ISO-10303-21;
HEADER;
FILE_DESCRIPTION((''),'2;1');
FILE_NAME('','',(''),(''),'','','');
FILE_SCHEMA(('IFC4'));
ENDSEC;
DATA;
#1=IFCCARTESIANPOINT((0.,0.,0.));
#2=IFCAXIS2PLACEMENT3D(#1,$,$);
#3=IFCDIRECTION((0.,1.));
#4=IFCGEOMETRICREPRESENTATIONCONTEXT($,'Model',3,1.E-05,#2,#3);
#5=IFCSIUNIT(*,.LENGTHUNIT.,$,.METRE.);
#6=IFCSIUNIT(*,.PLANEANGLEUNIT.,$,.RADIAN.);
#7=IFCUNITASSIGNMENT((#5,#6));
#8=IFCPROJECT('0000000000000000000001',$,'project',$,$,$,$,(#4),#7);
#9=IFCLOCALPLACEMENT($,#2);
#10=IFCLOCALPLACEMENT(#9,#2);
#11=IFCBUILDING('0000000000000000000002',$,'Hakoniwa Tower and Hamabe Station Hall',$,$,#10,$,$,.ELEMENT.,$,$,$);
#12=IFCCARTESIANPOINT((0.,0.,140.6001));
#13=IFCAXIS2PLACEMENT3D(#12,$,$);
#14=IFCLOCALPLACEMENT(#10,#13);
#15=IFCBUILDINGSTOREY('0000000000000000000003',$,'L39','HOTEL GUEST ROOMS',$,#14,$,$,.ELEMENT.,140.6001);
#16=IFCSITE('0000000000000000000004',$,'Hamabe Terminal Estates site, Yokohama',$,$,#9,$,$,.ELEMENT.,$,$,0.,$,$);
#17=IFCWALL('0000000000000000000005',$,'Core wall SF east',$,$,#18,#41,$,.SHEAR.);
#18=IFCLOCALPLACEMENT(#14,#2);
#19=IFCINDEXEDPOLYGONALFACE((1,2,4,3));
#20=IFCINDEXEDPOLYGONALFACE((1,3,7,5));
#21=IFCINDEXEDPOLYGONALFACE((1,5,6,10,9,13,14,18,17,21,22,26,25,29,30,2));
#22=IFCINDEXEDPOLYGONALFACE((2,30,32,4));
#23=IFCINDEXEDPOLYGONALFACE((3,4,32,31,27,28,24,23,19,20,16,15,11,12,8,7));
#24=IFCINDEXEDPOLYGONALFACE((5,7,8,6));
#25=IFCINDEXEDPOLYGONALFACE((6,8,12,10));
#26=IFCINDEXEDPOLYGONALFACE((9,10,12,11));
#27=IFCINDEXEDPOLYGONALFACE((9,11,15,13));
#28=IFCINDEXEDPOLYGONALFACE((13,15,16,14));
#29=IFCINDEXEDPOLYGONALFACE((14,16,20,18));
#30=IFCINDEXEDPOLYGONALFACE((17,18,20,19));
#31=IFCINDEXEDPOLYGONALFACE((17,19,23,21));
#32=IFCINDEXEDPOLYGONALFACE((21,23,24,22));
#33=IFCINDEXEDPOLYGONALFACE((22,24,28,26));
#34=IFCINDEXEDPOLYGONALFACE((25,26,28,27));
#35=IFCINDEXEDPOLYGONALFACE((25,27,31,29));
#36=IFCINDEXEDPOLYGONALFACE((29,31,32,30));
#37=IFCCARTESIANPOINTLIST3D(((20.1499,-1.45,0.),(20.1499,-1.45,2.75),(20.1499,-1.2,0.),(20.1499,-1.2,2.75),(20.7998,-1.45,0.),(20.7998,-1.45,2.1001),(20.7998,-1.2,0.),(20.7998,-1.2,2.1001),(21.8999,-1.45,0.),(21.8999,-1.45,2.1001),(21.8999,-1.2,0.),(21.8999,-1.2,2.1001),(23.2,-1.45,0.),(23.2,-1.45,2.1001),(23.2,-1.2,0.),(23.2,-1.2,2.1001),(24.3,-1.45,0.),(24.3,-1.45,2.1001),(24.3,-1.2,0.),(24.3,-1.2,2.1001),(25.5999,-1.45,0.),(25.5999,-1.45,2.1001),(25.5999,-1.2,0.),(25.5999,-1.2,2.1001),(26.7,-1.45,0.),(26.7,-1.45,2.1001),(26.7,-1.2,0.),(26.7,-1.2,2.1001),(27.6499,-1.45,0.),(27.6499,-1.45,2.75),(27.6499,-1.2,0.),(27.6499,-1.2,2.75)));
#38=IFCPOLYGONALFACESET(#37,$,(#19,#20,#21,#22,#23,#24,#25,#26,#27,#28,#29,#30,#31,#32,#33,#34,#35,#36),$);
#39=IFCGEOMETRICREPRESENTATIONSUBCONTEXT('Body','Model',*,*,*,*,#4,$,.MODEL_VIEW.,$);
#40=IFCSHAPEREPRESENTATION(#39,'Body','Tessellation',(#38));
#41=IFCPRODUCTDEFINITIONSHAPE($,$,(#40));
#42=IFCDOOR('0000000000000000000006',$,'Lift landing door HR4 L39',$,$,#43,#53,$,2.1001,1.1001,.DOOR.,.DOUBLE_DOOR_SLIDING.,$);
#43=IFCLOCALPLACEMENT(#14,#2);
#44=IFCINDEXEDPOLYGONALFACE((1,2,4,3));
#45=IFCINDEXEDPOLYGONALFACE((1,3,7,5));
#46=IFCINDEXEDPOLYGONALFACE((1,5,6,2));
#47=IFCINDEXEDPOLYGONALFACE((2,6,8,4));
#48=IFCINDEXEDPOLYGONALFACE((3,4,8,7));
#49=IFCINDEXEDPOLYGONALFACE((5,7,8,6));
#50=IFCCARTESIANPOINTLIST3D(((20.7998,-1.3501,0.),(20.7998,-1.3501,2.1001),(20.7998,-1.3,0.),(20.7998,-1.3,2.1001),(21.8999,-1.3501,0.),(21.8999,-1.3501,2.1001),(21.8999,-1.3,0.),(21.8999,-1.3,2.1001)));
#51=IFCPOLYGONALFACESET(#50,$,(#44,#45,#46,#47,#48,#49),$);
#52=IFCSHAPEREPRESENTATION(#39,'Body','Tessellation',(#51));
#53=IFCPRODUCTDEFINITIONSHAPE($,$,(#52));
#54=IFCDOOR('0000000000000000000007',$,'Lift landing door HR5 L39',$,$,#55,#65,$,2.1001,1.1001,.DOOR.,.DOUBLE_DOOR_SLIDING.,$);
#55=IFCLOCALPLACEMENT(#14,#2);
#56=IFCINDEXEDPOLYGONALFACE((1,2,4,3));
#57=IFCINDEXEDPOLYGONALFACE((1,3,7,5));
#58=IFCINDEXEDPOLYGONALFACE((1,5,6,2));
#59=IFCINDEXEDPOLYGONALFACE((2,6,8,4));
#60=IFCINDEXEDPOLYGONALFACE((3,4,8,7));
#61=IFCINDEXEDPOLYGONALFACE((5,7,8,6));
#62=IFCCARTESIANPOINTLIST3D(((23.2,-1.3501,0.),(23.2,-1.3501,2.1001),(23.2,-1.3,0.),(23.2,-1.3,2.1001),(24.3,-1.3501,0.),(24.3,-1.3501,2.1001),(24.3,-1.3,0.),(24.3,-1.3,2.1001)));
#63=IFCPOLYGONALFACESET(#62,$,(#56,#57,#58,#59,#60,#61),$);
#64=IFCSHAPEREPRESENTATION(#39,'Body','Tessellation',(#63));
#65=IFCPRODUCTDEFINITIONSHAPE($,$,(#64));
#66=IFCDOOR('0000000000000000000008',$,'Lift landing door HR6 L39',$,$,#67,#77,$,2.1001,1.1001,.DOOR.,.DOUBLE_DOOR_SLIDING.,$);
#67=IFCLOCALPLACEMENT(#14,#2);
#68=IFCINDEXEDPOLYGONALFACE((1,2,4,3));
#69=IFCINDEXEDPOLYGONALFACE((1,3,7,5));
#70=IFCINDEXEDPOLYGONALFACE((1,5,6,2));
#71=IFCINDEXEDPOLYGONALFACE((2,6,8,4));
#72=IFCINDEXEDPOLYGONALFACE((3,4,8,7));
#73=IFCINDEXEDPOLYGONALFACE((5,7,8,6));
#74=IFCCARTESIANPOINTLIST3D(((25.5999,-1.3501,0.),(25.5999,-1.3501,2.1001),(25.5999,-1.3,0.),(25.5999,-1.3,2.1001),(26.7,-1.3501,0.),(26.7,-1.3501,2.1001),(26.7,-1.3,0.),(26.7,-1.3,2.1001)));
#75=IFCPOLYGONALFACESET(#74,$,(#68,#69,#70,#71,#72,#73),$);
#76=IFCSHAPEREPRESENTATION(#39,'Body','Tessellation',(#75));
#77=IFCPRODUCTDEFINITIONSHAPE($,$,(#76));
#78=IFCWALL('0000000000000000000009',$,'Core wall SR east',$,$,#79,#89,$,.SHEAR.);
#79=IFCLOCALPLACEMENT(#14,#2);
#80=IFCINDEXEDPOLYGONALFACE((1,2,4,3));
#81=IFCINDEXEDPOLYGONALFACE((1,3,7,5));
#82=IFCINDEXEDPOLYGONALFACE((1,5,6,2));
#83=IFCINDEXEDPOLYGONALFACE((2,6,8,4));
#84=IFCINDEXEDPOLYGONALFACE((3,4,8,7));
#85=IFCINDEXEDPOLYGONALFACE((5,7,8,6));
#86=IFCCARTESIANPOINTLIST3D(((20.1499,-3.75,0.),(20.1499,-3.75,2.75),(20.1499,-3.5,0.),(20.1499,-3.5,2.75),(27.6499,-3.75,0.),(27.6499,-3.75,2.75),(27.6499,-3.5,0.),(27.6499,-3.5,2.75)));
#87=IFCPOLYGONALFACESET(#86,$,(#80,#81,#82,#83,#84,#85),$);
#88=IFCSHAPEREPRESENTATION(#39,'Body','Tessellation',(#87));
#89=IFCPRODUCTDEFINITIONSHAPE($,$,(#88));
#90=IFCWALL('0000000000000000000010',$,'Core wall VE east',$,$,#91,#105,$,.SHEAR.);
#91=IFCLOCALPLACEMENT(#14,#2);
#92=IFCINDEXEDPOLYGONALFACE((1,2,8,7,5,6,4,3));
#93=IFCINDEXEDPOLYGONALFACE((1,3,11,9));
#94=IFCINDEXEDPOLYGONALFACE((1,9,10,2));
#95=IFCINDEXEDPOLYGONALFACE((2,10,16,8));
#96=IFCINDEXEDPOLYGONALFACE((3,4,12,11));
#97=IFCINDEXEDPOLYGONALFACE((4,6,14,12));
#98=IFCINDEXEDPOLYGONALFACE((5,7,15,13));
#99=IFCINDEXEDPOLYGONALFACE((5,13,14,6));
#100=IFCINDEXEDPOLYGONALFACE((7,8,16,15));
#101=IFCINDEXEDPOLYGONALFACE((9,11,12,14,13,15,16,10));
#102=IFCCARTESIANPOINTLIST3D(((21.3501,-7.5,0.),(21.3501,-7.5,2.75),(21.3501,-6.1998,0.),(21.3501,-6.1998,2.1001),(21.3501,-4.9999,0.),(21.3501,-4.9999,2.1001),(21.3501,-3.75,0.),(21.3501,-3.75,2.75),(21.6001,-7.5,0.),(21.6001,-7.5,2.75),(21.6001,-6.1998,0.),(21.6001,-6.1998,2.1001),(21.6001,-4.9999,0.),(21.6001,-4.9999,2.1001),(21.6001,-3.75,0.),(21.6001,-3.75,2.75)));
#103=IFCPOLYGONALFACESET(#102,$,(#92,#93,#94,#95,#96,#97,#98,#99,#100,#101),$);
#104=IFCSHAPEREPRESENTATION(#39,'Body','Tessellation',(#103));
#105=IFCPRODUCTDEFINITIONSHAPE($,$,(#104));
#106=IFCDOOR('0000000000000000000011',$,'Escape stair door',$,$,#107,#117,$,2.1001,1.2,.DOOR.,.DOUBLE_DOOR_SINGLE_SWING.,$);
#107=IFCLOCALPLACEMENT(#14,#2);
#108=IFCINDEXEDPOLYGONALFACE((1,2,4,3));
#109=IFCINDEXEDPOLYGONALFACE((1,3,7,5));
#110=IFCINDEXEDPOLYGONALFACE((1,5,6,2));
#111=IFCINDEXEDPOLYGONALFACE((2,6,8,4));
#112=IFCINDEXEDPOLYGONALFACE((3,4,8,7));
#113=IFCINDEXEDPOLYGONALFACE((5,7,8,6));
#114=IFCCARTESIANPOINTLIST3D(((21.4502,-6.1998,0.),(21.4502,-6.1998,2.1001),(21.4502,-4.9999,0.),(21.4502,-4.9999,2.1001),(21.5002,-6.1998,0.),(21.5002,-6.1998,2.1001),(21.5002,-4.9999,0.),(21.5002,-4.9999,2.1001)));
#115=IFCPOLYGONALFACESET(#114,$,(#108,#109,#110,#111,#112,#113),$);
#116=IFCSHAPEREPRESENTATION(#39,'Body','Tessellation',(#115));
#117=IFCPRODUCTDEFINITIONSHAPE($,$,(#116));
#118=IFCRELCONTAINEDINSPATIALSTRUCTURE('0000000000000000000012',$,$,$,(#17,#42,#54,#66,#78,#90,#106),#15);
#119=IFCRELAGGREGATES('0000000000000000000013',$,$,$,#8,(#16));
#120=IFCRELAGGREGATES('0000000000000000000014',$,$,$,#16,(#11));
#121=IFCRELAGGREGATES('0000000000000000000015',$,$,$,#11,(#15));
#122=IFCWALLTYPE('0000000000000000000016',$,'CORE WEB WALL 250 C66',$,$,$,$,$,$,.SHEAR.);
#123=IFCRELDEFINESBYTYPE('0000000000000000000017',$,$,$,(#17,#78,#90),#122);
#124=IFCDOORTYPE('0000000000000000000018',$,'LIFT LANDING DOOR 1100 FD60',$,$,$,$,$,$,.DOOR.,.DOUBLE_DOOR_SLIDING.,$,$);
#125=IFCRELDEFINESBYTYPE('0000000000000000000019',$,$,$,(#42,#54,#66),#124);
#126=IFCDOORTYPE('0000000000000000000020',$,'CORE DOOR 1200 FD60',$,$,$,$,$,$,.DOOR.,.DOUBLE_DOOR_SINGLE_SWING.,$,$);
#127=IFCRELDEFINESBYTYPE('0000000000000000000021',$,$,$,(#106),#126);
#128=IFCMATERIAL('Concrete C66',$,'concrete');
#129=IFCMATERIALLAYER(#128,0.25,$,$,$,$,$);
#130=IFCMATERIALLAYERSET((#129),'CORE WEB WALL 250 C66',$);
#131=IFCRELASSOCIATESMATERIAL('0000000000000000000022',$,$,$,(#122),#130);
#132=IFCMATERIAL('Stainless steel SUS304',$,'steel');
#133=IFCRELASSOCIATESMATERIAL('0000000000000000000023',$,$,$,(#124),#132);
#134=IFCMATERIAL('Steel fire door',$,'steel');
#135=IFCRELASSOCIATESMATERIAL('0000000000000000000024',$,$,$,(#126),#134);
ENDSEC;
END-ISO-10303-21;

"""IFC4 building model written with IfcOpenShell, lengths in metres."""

from ifc_helpers import new_model, si_unit, direction, frame, frame_2d, origin, place, context, subcontext, project, spatial, rectangle, extrude, material, layer, layer_set, type_object, element, fill, save


model = new_model("IFC4")

# Units and contexts
model_context = context("Model", 3, precision=1e-05, world=origin(), true_north=direction((0.0, 1.0)))
body_context = subcontext(model_context, "Body", "Model", "MODEL_VIEW")
ifc_project = project(units=[si_unit("LENGTHUNIT", "METRE"), si_unit("PLANEANGLEUNIT", "RADIAN")], contexts=[model_context])

# Site, building, storey
site_placement = place(None, origin())
site = spatial("IfcSite", under=ifc_project, at=site_placement, Name="Hamabe Terminal Estates site, Yokohama", CompositionType="ELEMENT", RefElevation=0.0)
building_placement = place(site_placement, origin())
building = spatial("IfcBuilding", under=site, at=building_placement, Name="Hakoniwa Tower and Hamabe Station Hall", CompositionType="ELEMENT")
storey_placement = place(building_placement, frame((0.0, 0.0, 140.6001)))
storey = spatial("IfcBuildingStorey", under=building, at=storey_placement, Name="L39", Description="HOTEL GUEST ROOMS", CompositionType="ELEMENT", Elevation=140.6001)

# Shared definitions
ifc_material_1 = material(Name="Concrete C66", Category="concrete")
ifc_layer_1 = layer(ifc_material_1, 0.25)
ifc_layer_set_1 = layer_set([ifc_layer_1], Name="CORE WEB WALL 250 C66")
wall_type_1 = type_object("IfcWallType", Name="CORE WEB WALL 250 C66", PredefinedType="SHEAR", material=ifc_layer_set_1)

# Wall, openings, doors
wall_1_placement = place(storey_placement, frame((20.1499, -1.325, 0.0), z_axis=(0.0, 0.0, 1.0), x_axis=(1.0, 0.0, 0.0)))
wall_1 = element("IfcWall", 1, at=wall_1_placement, inside=storey, type_object=wall_type_1, Name="Core wall SF east", PredefinedType="SHEAR", context=body_context, shape_type="SweptSolid", body=[
    extrude(rectangle(XDim=7.5, YDim=0.25, at=frame_2d((3.75, 0.0))), origin(), (0.0, 0.0, 1.0), 2.75),
])
opening_1_placement = place(wall_1_placement, frame((0.6499, 0.0, 0.0)))
opening_1 = element("IfcOpeningElement", 2, at=opening_1_placement, cuts=wall_1, PredefinedType="OPENING", context=body_context, shape_type="SweptSolid", body=[
    extrude(rectangle(XDim=1.1001, YDim=2.1001, at=frame_2d((0.55, 1.05))), frame((0.0, 0.135, 0.0), z_axis=(0.0, -1.0, 0.0), x_axis=(1.0, 0.0, 0.0)), (0.0, 0.0, 1.0), 0.27),
])
opening_2_placement = place(wall_1_placement, frame((3.05, 0.0, 0.0)))
opening_2 = element("IfcOpeningElement", 3, at=opening_2_placement, cuts=wall_1, PredefinedType="OPENING", context=body_context, shape_type="SweptSolid", body=[
    extrude(rectangle(XDim=1.1001, YDim=2.1001, at=frame_2d((0.55, 1.05))), frame((0.0, 0.135, 0.0), z_axis=(0.0, -1.0, 0.0), x_axis=(1.0, 0.0, 0.0)), (0.0, 0.0, 1.0), 0.27),
])
opening_3_placement = place(wall_1_placement, frame((5.45, 0.0, 0.0)))
opening_3 = element("IfcOpeningElement", 4, at=opening_3_placement, cuts=wall_1, PredefinedType="OPENING", context=body_context, shape_type="SweptSolid", body=[
    extrude(rectangle(XDim=1.1001, YDim=2.1001, at=frame_2d((0.55, 1.05))), frame((0.0, 0.135, 0.0), z_axis=(0.0, -1.0, 0.0), x_axis=(1.0, 0.0, 0.0)), (0.0, 0.0, 1.0), 0.27),
])
ifc_material_2 = material(Name="Stainless steel SUS304", Category="steel")
door_type_1 = type_object("IfcDoorType", Name="LIFT LANDING DOOR 1100 FD60", OperationType="DOUBLE_DOOR_SLIDING", PredefinedType="DOOR", material=ifc_material_2)
door_1_placement = place(opening_1_placement, origin())
door_1 = element("IfcDoor", 5, at=door_1_placement, inside=storey, type_object=door_type_1, Name="Lift landing door HR4 L39", OperationType="DOUBLE_DOOR_SLIDING", OverallHeight=2.1001, OverallWidth=1.1001, PredefinedType="DOOR", context=body_context, shape_type="SweptSolid", body=[
    extrude(rectangle(XDim=1.1001, YDim=2.1001, at=frame_2d((0.55, 1.05))), frame((0.0, 0.0249, 0.0), z_axis=(0.0, -1.0, 0.0), x_axis=(1.0, 0.0, 0.0)), (0.0, 0.0, 1.0), 0.05),
])
fill(opening_1, door_1)
door_2_placement = place(opening_2_placement, origin())
door_2 = element("IfcDoor", 6, at=door_2_placement, inside=storey, type_object=door_type_1, Name="Lift landing door HR5 L39", OperationType="DOUBLE_DOOR_SLIDING", OverallHeight=2.1001, OverallWidth=1.1001, PredefinedType="DOOR", context=body_context, shape_type="SweptSolid", body=[
    extrude(rectangle(XDim=1.1001, YDim=2.1001, at=frame_2d((0.55, 1.05))), frame((0.0, 0.0249, 0.0), z_axis=(0.0, -1.0, 0.0), x_axis=(1.0, 0.0, 0.0)), (0.0, 0.0, 1.0), 0.05),
])
fill(opening_2, door_2)
door_3_placement = place(opening_3_placement, origin())
door_3 = element("IfcDoor", 7, at=door_3_placement, inside=storey, type_object=door_type_1, Name="Lift landing door HR6 L39", OperationType="DOUBLE_DOOR_SLIDING", OverallHeight=2.1001, OverallWidth=1.1001, PredefinedType="DOOR", context=body_context, shape_type="SweptSolid", body=[
    extrude(rectangle(XDim=1.1001, YDim=2.1001, at=frame_2d((0.55, 1.05))), frame((0.0, 0.0249, 0.0), z_axis=(0.0, -1.0, 0.0), x_axis=(1.0, 0.0, 0.0)), (0.0, 0.0, 1.0), 0.05),
])
fill(opening_3, door_3)

# Wall
wall_2_placement = place(storey_placement, frame((20.1499, -3.625, 0.0), z_axis=(0.0, 0.0, 1.0), x_axis=(1.0, 0.0, 0.0)))
element("IfcWall", 8, at=wall_2_placement, inside=storey, type_object=wall_type_1, Name="Core wall SR east", PredefinedType="SHEAR", context=body_context, shape_type="SweptSolid", body=[
    extrude(rectangle(XDim=7.5, YDim=0.25, at=frame_2d((3.75, 0.0))), origin(), (0.0, 0.0, 1.0), 2.75),
])

# Wall, opening, door
wall_3_placement = place(storey_placement, frame((21.4751, -7.5, 0.0), z_axis=(0.0, 0.0, 1.0), x_axis=(0.0, 1.0, 0.0)))
wall_3 = element("IfcWall", 9, at=wall_3_placement, inside=storey, type_object=wall_type_1, Name="Core wall VE east", PredefinedType="SHEAR", context=body_context, shape_type="SweptSolid", body=[
    extrude(rectangle(XDim=3.75, YDim=0.25, at=frame_2d((1.875, 0.0))), origin(), (0.0, 0.0, 1.0), 2.75),
])
opening_4_placement = place(wall_3_placement, frame((1.3, 0.0, 0.0)))
opening_4 = element("IfcOpeningElement", 10, at=opening_4_placement, cuts=wall_3, PredefinedType="OPENING", context=body_context, shape_type="SweptSolid", body=[
    extrude(rectangle(XDim=1.2, YDim=2.1001, at=frame_2d((0.6001, 1.05))), frame((0.0, 0.135, 0.0), z_axis=(0.0, -1.0, 0.0), x_axis=(1.0, 0.0, 0.0)), (0.0, 0.0, 1.0), 0.27),
])
ifc_material_3 = material(Name="Steel fire door", Category="steel")
door_type_2 = type_object("IfcDoorType", Name="CORE DOOR 1200 FD60", OperationType="DOUBLE_DOOR_SINGLE_SWING", PredefinedType="DOOR", material=ifc_material_3)
door_4_placement = place(opening_4_placement, origin())
door_4 = element("IfcDoor", 11, at=door_4_placement, inside=storey, type_object=door_type_2, Name="Escape stair door", OperationType="DOUBLE_DOOR_SINGLE_SWING", OverallHeight=2.1001, OverallWidth=1.2, PredefinedType="DOOR", context=body_context, shape_type="SweptSolid", body=[
    extrude(rectangle(XDim=1.2, YDim=2.1001, at=frame_2d((0.6001, 1.05))), frame((0.0, 0.0249, 0.0), z_axis=(0.0, -1.0, 0.0), x_axis=(1.0, 0.0, 0.0)), (0.0, 0.0, 1.0), 0.05),
])
fill(opening_4, door_4)

save(model, "model.ifc")
